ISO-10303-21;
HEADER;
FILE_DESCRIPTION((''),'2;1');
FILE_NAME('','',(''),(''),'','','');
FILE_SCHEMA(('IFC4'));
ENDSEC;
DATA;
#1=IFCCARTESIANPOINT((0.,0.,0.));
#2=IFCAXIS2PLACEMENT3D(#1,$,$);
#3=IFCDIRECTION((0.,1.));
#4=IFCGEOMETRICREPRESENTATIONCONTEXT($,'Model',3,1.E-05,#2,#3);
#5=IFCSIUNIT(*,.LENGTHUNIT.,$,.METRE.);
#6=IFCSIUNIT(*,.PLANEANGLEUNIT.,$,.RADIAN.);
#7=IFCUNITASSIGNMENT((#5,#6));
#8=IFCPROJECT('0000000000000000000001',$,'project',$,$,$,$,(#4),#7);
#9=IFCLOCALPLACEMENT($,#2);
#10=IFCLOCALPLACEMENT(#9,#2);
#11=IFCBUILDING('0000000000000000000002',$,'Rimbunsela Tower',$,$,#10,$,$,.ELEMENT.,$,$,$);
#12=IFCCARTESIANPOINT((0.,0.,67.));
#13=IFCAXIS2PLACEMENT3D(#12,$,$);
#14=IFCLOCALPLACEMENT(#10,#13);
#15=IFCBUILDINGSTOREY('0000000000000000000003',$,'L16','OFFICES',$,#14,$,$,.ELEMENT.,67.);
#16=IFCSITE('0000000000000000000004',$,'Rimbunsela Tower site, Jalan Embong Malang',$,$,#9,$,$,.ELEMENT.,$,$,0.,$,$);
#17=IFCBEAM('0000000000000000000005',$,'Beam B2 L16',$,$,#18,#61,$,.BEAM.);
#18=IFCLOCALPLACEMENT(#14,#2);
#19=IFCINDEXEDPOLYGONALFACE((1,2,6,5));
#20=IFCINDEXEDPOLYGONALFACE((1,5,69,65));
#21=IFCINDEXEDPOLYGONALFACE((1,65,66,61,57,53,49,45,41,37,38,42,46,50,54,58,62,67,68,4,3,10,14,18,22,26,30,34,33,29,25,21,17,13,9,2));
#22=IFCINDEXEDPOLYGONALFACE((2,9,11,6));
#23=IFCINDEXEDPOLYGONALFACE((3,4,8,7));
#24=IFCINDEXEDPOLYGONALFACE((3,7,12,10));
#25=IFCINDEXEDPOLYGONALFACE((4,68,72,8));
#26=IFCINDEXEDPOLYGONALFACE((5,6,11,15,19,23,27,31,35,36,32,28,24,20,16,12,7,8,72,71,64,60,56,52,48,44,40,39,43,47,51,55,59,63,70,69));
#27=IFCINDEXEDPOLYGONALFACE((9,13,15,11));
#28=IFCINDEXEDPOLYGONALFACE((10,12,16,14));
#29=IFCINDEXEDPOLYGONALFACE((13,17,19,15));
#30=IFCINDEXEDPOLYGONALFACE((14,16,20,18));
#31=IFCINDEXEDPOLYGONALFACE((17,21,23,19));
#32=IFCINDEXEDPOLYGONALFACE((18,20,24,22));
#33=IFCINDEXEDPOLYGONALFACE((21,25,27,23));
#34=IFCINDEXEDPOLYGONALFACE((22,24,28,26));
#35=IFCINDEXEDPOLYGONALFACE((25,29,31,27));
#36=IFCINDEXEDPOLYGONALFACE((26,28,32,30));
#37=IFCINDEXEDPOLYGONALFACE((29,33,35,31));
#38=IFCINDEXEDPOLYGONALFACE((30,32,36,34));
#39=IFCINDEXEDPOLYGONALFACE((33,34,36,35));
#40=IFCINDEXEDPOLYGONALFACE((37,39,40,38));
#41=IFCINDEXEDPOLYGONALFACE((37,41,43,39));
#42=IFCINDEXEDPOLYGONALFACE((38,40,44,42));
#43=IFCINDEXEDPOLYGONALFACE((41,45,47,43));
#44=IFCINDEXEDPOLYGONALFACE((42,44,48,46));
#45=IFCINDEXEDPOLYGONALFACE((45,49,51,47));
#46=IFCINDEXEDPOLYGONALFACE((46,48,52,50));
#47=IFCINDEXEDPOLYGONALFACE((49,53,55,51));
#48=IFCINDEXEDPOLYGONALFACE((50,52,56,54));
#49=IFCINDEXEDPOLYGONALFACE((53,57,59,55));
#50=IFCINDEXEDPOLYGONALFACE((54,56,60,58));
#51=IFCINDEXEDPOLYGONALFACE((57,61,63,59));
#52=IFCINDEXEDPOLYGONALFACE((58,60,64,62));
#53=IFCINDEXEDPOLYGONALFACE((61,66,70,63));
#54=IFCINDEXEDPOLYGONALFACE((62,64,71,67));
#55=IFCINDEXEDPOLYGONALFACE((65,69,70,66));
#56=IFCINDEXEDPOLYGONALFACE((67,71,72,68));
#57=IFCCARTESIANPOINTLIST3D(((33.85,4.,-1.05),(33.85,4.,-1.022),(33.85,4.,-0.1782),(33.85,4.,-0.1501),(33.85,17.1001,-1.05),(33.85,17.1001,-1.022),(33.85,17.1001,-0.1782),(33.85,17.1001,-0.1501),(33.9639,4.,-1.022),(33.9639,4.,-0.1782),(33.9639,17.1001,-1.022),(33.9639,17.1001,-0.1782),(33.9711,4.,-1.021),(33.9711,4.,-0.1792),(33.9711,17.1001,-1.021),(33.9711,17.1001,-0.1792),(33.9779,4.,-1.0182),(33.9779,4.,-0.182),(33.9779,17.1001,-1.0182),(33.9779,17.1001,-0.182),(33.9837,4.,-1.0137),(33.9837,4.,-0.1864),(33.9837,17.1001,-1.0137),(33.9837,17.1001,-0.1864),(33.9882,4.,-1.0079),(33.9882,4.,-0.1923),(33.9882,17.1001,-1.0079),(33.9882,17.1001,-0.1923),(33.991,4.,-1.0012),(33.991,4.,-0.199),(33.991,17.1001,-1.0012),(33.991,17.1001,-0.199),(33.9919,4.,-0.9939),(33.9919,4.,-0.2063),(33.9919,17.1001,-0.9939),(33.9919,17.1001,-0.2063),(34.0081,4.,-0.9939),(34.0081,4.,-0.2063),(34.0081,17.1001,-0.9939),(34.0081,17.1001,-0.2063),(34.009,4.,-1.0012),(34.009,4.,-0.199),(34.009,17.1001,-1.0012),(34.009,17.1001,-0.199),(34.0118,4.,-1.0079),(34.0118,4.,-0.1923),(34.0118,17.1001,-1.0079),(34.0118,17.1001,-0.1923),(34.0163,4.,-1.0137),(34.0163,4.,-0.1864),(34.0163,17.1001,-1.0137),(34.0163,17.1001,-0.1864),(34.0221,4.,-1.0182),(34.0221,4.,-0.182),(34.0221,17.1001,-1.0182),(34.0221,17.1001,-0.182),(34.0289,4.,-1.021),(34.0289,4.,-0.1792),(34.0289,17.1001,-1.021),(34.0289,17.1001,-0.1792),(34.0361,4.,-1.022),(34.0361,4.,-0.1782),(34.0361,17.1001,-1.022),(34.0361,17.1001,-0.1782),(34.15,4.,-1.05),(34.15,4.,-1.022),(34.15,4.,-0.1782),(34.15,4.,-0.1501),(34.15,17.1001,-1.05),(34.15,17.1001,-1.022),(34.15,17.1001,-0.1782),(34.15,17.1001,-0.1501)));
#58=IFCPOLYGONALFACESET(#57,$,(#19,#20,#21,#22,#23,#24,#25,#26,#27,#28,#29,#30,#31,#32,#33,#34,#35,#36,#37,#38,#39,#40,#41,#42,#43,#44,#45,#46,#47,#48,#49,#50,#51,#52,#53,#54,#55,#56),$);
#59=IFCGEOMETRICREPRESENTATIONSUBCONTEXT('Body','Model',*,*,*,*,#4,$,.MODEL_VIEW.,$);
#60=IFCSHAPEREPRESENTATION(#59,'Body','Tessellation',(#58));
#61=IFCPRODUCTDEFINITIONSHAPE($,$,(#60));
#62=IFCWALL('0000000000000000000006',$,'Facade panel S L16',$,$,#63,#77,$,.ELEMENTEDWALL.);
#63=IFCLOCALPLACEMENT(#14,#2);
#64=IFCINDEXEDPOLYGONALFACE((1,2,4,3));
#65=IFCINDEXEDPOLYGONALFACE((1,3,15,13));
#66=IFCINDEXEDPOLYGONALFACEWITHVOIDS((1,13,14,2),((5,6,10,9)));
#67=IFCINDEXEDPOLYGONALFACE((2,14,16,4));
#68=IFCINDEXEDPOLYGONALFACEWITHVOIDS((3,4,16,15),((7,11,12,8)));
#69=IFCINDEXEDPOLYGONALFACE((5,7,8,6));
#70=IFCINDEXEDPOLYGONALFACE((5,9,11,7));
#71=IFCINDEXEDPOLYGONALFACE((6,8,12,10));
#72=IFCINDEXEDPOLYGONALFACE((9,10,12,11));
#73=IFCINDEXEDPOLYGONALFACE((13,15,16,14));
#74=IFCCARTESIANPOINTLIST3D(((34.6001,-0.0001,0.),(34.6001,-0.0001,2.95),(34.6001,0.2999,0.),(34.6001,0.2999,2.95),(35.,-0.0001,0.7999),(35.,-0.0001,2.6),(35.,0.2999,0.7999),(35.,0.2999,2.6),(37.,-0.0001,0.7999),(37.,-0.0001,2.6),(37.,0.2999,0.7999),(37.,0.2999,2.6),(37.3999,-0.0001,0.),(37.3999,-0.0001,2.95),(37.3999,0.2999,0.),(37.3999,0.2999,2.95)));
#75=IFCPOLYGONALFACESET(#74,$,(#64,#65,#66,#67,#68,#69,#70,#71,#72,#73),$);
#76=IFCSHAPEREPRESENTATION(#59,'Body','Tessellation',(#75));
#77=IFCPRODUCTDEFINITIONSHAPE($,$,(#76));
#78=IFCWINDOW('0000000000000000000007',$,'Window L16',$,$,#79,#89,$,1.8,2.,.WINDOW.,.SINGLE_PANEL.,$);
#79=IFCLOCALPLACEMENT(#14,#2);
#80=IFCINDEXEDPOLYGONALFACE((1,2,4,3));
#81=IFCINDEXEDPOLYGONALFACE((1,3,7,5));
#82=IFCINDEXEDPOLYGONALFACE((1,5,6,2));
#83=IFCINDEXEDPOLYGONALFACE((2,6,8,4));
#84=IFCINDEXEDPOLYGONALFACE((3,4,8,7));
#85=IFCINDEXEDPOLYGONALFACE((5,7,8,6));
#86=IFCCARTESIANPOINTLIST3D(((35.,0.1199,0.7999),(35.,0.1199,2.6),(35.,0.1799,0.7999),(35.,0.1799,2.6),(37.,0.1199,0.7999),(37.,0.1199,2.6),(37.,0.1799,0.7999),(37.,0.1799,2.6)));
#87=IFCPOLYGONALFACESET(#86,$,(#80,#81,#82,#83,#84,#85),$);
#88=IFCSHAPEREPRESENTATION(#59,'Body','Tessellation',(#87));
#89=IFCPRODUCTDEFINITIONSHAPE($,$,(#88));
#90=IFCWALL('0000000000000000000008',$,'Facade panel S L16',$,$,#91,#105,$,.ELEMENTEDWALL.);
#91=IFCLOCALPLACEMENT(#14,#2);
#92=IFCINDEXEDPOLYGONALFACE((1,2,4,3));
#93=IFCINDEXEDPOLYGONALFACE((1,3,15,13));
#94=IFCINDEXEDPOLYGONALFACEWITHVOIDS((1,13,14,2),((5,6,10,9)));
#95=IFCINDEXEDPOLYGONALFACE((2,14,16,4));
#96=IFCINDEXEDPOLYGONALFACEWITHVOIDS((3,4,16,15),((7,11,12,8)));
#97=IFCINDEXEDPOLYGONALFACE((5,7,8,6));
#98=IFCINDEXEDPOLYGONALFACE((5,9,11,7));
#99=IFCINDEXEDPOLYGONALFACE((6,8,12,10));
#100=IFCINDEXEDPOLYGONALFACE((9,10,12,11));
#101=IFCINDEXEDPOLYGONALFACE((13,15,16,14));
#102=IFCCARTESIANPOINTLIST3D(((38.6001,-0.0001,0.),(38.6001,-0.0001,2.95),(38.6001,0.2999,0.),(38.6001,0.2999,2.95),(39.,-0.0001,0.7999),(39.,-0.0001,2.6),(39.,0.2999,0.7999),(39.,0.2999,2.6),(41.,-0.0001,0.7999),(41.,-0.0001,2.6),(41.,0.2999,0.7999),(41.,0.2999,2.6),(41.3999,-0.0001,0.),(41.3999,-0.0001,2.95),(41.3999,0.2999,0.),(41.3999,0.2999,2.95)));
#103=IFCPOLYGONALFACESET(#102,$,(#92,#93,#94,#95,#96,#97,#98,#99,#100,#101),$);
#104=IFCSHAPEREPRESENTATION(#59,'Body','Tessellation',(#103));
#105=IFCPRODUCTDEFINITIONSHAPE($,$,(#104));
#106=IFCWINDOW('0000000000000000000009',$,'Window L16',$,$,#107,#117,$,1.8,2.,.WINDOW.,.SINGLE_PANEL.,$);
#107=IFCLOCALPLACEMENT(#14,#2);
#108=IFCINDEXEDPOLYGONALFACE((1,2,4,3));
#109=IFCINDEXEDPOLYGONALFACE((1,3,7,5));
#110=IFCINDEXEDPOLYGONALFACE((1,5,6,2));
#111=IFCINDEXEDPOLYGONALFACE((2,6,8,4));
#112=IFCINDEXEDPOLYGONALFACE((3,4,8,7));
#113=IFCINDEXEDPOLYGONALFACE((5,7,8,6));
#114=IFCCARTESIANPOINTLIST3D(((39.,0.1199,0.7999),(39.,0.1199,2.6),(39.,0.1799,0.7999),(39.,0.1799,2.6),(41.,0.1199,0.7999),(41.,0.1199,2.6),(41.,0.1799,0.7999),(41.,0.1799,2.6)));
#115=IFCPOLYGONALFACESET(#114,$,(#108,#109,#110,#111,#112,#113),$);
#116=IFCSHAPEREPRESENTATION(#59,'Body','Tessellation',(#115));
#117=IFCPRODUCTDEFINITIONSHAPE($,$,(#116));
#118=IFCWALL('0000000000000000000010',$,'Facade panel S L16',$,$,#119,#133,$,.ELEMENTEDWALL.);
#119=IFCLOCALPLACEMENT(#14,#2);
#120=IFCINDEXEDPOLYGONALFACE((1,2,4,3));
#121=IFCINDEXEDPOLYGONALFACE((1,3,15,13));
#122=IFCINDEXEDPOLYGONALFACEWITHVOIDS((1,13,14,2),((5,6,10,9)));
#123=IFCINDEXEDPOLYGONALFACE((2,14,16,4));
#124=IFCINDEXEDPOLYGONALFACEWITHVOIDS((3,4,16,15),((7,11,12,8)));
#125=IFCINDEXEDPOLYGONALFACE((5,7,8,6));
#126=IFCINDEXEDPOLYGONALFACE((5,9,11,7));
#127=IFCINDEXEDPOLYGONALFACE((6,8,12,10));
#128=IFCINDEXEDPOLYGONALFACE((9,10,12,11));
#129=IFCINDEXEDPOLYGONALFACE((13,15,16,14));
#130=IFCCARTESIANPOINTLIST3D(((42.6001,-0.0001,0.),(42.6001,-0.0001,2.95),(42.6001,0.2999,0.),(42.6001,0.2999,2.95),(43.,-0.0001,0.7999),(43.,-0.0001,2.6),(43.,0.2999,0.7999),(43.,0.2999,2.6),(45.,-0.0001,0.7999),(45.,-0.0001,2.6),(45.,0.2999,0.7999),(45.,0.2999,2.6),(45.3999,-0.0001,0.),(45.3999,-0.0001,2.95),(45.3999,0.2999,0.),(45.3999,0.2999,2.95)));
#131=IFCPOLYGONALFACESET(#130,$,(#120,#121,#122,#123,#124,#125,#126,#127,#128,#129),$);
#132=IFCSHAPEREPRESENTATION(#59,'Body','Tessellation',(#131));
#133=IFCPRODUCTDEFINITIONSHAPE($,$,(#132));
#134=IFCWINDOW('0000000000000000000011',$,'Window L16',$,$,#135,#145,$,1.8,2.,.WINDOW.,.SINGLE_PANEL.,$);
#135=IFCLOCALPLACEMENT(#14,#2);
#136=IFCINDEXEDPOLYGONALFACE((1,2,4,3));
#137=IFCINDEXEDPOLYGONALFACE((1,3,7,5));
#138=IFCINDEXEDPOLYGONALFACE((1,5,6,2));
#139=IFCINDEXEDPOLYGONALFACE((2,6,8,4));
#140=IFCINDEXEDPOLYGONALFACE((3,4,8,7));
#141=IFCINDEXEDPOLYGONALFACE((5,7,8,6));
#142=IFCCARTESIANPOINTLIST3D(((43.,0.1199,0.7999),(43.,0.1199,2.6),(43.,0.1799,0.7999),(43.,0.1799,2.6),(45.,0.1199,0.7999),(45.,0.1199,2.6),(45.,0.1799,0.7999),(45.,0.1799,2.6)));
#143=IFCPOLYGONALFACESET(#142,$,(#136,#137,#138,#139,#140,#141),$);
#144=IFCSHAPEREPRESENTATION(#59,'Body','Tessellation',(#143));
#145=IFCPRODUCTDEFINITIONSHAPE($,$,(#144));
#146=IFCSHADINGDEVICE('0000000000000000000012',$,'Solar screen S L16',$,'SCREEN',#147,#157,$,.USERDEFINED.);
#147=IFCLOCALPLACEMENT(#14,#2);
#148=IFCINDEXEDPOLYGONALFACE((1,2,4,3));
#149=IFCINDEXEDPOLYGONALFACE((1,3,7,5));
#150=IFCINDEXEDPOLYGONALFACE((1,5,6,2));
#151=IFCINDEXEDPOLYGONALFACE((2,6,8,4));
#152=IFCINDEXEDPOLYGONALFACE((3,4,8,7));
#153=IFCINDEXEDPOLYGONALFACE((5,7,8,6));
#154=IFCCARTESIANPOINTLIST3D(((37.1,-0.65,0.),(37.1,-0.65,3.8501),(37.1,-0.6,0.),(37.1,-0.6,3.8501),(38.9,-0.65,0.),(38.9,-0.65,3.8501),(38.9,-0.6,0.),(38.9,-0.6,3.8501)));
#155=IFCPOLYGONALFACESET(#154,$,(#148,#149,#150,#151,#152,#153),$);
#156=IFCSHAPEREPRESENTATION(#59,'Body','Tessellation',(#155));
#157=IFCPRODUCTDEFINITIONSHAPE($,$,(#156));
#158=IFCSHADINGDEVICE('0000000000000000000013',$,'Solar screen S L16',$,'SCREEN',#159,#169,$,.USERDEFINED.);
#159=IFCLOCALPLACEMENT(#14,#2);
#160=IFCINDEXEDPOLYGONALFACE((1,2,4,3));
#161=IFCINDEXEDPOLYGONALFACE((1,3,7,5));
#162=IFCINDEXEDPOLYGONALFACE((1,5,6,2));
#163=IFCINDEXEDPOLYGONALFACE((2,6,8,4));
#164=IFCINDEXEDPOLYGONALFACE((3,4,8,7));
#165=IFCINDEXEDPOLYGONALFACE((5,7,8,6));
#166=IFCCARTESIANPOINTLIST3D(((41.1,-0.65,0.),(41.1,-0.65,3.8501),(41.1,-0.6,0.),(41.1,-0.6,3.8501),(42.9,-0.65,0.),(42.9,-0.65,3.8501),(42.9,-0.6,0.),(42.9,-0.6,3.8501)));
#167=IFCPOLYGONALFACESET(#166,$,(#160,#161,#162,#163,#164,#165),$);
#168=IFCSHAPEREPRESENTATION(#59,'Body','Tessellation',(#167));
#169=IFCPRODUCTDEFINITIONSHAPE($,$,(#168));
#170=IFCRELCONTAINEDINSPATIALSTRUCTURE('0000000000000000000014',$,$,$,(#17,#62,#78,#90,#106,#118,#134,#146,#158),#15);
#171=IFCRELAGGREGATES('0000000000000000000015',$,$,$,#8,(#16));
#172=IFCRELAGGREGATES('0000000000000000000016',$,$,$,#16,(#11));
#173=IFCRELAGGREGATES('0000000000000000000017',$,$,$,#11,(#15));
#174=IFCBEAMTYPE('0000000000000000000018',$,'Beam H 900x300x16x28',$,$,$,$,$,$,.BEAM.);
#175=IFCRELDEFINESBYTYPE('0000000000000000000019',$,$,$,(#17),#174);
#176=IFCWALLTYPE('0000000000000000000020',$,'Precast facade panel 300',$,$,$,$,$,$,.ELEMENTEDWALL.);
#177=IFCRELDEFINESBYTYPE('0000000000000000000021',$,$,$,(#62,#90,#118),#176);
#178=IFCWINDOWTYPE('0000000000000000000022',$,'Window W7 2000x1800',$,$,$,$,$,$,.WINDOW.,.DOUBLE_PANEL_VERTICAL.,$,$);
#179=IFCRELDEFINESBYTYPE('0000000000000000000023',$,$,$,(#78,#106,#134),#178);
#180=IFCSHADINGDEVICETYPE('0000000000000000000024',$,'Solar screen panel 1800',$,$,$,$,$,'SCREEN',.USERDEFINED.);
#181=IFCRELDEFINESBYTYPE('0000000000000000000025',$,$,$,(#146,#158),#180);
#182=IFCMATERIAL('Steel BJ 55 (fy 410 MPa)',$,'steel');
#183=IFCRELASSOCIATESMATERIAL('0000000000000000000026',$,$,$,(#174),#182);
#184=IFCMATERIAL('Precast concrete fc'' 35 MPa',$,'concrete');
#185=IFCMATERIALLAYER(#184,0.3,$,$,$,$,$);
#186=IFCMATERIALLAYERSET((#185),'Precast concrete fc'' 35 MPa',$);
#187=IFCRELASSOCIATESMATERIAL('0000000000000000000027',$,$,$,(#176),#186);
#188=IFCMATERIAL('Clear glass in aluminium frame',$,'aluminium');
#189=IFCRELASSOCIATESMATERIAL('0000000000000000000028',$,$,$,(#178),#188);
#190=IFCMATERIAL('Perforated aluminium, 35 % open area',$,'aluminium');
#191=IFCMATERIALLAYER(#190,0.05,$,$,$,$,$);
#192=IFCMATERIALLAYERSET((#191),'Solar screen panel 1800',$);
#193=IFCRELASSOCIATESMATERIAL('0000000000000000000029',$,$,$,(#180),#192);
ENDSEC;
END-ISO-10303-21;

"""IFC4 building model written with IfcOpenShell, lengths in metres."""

from ifc_helpers import new_model, si_unit, direction, frame, frame_2d, origin, origin_2d, place, context, subcontext, project, spatial, rectangle, i_section, extrude, material, layer, layer_set, material_profile, profile_set, type_object, element, fill, save


model = new_model("IFC4")

# Units and contexts
model_context = context("Model", 3, precision=1e-05, world=origin(), true_north=direction((0.0, 1.0)))
body_context = subcontext(model_context, "Body", "Model", "MODEL_VIEW")
ifc_project = project(units=[si_unit("LENGTHUNIT", "METRE"), si_unit("PLANEANGLEUNIT", "RADIAN")], contexts=[model_context])

# Site, building, storey
site_placement = place(None, origin())
site = spatial("IfcSite", under=ifc_project, at=site_placement, Name="Rimbunsela Tower site, Jalan Embong Malang", CompositionType="ELEMENT", RefElevation=0.0)
building_placement = place(site_placement, origin())
building = spatial("IfcBuilding", under=site, at=building_placement, Name="Rimbunsela Tower", CompositionType="ELEMENT")
storey_placement = place(building_placement, frame((0.0, 0.0, 67.0)))
storey = spatial("IfcBuildingStorey", under=building, at=storey_placement, Name="L16", Description="OFFICES", CompositionType="ELEMENT", Elevation=67.0)

# Beam
ifc_material_1 = material(Name="Steel BJ 55 (fy 410 MPa)", Category="steel")
ifc_material_profile_1 = material_profile(ifc_material_1, i_section(OverallWidth=0.3, OverallDepth=0.8999, WebThickness=0.0161, FlangeThickness=0.0281, FilletRadius=0.0281, at=origin_2d()), Name="H 900x300x16x28")
ifc_profile_set_1 = profile_set([ifc_material_profile_1], Name="Steel BJ 55 (fy 410 MPa)")
beam_type_1 = type_object("IfcBeamType", Name="Beam H 900x300x16x28", PredefinedType="BEAM", material=ifc_profile_set_1)
beam_1_placement = place(storey_placement, frame((34.0, 4.0, -0.6001), z_axis=(0.0, 1.0, 0.0), x_axis=(-1.0, 0.0, 0.0)))
element("IfcBeam", 1, at=beam_1_placement, inside=storey, type_object=beam_type_1, Name="Beam B2 L16", PredefinedType="BEAM", context=body_context, shape_type="SweptSolid", body=[
    extrude(i_section(OverallWidth=0.3, OverallDepth=0.8999, WebThickness=0.0161, FlangeThickness=0.0281, FilletRadius=0.0281, at=origin_2d()), origin(), (0.0, 0.0, 1.0), 13.1001),
])

# Walls, openings, windows
ifc_material_2 = material(Name="Precast concrete fc' 35 MPa", Category="concrete")
ifc_layer_1 = layer(ifc_material_2, 0.3)
ifc_layer_set_1 = layer_set([ifc_layer_1], Name="Precast concrete fc' 35 MPa")
wall_type = type_object("IfcWallType", Name="Precast facade panel 300", PredefinedType="ELEMENTEDWALL", material=ifc_layer_set_1)
wall_1_placement = place(storey_placement, frame((34.6001, 0.1499, 0.0), z_axis=(0.0, 0.0, 1.0), x_axis=(1.0, 0.0, 0.0)))
wall_1 = element("IfcWall", 2, at=wall_1_placement, inside=storey, type_object=wall_type, Name="Facade panel S L16", PredefinedType="ELEMENTEDWALL", context=body_context, shape_type="SweptSolid", body=[
    extrude(rectangle(XDim=2.7998, YDim=0.3, at=frame_2d((1.3999, 0.0))), origin(), (0.0, 0.0, 1.0), 2.95),
])
opening_1_placement = place(wall_1_placement, frame((0.3999, 0.0, 0.8)))
opening_1 = element("IfcOpeningElement", 3, at=opening_1_placement, cuts=wall_1, PredefinedType="OPENING", context=body_context, shape_type="SweptSolid", body=[
    extrude(rectangle(XDim=2.0, YDim=1.8, at=frame_2d((1.0, 0.8999))), frame((0.0, 0.1599, 0.0), z_axis=(0.0, -1.0, 0.0), x_axis=(1.0, 0.0, 0.0)), (0.0, 0.0, 1.0), 0.3201),
])
ifc_material_3 = material(Name="Clear glass in aluminium frame", Category="aluminium")
window_type = type_object("IfcWindowType", Name="Window W7 2000x1800", PartitioningType="DOUBLE_PANEL_VERTICAL", PredefinedType="WINDOW", material=ifc_material_3)
window_1_placement = place(opening_1_placement, origin())
window_1 = element("IfcWindow", 4, at=window_1_placement, inside=storey, type_object=window_type, Name="Window L16", OverallHeight=1.8, OverallWidth=2.0, PartitioningType="SINGLE_PANEL", PredefinedType="WINDOW", context=body_context, shape_type="SweptSolid", body=[
    extrude(rectangle(XDim=2.0, YDim=1.8, at=frame_2d((1.0, 0.8999))), frame((0.0, 0.03, 0.0), z_axis=(0.0, -1.0, 0.0), x_axis=(1.0, 0.0, 0.0)), (0.0, 0.0, 1.0), 0.0601),
])
fill(opening_1, window_1)
wall_2_placement = place(storey_placement, frame((38.6001, 0.1499, 0.0), z_axis=(0.0, 0.0, 1.0), x_axis=(1.0, 0.0, 0.0)))
wall_2 = element("IfcWall", 5, at=wall_2_placement, inside=storey, type_object=wall_type, Name="Facade panel S L16", PredefinedType="ELEMENTEDWALL", context=body_context, shape_type="SweptSolid", body=[
    extrude(rectangle(XDim=2.7998, YDim=0.3, at=frame_2d((1.3999, 0.0))), origin(), (0.0, 0.0, 1.0), 2.95),
])
opening_2_placement = place(wall_2_placement, frame((0.3999, 0.0, 0.8)))
opening_2 = element("IfcOpeningElement", 6, at=opening_2_placement, cuts=wall_2, PredefinedType="OPENING", context=body_context, shape_type="SweptSolid", body=[
    extrude(rectangle(XDim=2.0, YDim=1.8, at=frame_2d((1.0, 0.8999))), frame((0.0, 0.1599, 0.0), z_axis=(0.0, -1.0, 0.0), x_axis=(1.0, 0.0, 0.0)), (0.0, 0.0, 1.0), 0.3201),
])
window_2_placement = place(opening_2_placement, origin())
window_2 = element("IfcWindow", 7, at=window_2_placement, inside=storey, type_object=window_type, Name="Window L16", OverallHeight=1.8, OverallWidth=2.0, PartitioningType="SINGLE_PANEL", PredefinedType="WINDOW", context=body_context, shape_type="SweptSolid", body=[
    extrude(rectangle(XDim=2.0, YDim=1.8, at=frame_2d((1.0, 0.8999))), frame((0.0, 0.03, 0.0), z_axis=(0.0, -1.0, 0.0), x_axis=(1.0, 0.0, 0.0)), (0.0, 0.0, 1.0), 0.0601),
])
fill(opening_2, window_2)
wall_3_placement = place(storey_placement, frame((42.6001, 0.1499, 0.0), z_axis=(0.0, 0.0, 1.0), x_axis=(1.0, 0.0, 0.0)))
wall_3 = element("IfcWall", 8, at=wall_3_placement, inside=storey, type_object=wall_type, Name="Facade panel S L16", PredefinedType="ELEMENTEDWALL", context=body_context, shape_type="SweptSolid", body=[
    extrude(rectangle(XDim=2.7998, YDim=0.3, at=frame_2d((1.3999, 0.0))), origin(), (0.0, 0.0, 1.0), 2.95),
])
opening_3_placement = place(wall_3_placement, frame((0.3999, 0.0, 0.8)))
opening_3 = element("IfcOpeningElement", 9, at=opening_3_placement, cuts=wall_3, PredefinedType="OPENING", context=body_context, shape_type="SweptSolid", body=[
    extrude(rectangle(XDim=2.0, YDim=1.8, at=frame_2d((1.0, 0.8999))), frame((0.0, 0.1599, 0.0), z_axis=(0.0, -1.0, 0.0), x_axis=(1.0, 0.0, 0.0)), (0.0, 0.0, 1.0), 0.3201),
])
window_3_placement = place(opening_3_placement, origin())
window_3 = element("IfcWindow", 10, at=window_3_placement, inside=storey, type_object=window_type, Name="Window L16", OverallHeight=1.8, OverallWidth=2.0, PartitioningType="SINGLE_PANEL", PredefinedType="WINDOW", context=body_context, shape_type="SweptSolid", body=[
    extrude(rectangle(XDim=2.0, YDim=1.8, at=frame_2d((1.0, 0.8999))), frame((0.0, 0.03, 0.0), z_axis=(0.0, -1.0, 0.0), x_axis=(1.0, 0.0, 0.0)), (0.0, 0.0, 1.0), 0.0601),
])
fill(opening_3, window_3)

# Shading devices
ifc_material_4 = material(Name="Perforated aluminium, 35 % open area", Category="aluminium")
ifc_layer_2 = layer(ifc_material_4, 0.05)
ifc_layer_set_2 = layer_set([ifc_layer_2], Name="Solar screen panel 1800")
shading_device_type = type_object("IfcShadingDeviceType", Name="Solar screen panel 1800", ElementType="SCREEN", PredefinedType="USERDEFINED", material=ifc_layer_set_2)
for number, where, z_axis, x_axis, name in (
    (11, (38.0, -0.625, 0.0), (0.0, 0.0, 1.0), (1.0, 0.0, 0.0), "Solar screen S L16"),
    (12, (42.0, -0.625, 0.0), (0.0, 0.0, 1.0), (1.0, 0.0, 0.0), "Solar screen S L16"),
):
    element("IfcShadingDevice", number, at=place(storey_placement, frame(where, z_axis=z_axis, x_axis=x_axis)), inside=storey, type_object=shading_device_type, Name=name, ObjectType="SCREEN", PredefinedType="USERDEFINED", context=body_context, shape_type="SweptSolid", body=[
        extrude(rectangle(XDim=1.8, YDim=0.05, at=origin_2d()), origin(), (0.0, 0.0, 1.0), 3.8501),
    ])

save(model, "model.ifc")
